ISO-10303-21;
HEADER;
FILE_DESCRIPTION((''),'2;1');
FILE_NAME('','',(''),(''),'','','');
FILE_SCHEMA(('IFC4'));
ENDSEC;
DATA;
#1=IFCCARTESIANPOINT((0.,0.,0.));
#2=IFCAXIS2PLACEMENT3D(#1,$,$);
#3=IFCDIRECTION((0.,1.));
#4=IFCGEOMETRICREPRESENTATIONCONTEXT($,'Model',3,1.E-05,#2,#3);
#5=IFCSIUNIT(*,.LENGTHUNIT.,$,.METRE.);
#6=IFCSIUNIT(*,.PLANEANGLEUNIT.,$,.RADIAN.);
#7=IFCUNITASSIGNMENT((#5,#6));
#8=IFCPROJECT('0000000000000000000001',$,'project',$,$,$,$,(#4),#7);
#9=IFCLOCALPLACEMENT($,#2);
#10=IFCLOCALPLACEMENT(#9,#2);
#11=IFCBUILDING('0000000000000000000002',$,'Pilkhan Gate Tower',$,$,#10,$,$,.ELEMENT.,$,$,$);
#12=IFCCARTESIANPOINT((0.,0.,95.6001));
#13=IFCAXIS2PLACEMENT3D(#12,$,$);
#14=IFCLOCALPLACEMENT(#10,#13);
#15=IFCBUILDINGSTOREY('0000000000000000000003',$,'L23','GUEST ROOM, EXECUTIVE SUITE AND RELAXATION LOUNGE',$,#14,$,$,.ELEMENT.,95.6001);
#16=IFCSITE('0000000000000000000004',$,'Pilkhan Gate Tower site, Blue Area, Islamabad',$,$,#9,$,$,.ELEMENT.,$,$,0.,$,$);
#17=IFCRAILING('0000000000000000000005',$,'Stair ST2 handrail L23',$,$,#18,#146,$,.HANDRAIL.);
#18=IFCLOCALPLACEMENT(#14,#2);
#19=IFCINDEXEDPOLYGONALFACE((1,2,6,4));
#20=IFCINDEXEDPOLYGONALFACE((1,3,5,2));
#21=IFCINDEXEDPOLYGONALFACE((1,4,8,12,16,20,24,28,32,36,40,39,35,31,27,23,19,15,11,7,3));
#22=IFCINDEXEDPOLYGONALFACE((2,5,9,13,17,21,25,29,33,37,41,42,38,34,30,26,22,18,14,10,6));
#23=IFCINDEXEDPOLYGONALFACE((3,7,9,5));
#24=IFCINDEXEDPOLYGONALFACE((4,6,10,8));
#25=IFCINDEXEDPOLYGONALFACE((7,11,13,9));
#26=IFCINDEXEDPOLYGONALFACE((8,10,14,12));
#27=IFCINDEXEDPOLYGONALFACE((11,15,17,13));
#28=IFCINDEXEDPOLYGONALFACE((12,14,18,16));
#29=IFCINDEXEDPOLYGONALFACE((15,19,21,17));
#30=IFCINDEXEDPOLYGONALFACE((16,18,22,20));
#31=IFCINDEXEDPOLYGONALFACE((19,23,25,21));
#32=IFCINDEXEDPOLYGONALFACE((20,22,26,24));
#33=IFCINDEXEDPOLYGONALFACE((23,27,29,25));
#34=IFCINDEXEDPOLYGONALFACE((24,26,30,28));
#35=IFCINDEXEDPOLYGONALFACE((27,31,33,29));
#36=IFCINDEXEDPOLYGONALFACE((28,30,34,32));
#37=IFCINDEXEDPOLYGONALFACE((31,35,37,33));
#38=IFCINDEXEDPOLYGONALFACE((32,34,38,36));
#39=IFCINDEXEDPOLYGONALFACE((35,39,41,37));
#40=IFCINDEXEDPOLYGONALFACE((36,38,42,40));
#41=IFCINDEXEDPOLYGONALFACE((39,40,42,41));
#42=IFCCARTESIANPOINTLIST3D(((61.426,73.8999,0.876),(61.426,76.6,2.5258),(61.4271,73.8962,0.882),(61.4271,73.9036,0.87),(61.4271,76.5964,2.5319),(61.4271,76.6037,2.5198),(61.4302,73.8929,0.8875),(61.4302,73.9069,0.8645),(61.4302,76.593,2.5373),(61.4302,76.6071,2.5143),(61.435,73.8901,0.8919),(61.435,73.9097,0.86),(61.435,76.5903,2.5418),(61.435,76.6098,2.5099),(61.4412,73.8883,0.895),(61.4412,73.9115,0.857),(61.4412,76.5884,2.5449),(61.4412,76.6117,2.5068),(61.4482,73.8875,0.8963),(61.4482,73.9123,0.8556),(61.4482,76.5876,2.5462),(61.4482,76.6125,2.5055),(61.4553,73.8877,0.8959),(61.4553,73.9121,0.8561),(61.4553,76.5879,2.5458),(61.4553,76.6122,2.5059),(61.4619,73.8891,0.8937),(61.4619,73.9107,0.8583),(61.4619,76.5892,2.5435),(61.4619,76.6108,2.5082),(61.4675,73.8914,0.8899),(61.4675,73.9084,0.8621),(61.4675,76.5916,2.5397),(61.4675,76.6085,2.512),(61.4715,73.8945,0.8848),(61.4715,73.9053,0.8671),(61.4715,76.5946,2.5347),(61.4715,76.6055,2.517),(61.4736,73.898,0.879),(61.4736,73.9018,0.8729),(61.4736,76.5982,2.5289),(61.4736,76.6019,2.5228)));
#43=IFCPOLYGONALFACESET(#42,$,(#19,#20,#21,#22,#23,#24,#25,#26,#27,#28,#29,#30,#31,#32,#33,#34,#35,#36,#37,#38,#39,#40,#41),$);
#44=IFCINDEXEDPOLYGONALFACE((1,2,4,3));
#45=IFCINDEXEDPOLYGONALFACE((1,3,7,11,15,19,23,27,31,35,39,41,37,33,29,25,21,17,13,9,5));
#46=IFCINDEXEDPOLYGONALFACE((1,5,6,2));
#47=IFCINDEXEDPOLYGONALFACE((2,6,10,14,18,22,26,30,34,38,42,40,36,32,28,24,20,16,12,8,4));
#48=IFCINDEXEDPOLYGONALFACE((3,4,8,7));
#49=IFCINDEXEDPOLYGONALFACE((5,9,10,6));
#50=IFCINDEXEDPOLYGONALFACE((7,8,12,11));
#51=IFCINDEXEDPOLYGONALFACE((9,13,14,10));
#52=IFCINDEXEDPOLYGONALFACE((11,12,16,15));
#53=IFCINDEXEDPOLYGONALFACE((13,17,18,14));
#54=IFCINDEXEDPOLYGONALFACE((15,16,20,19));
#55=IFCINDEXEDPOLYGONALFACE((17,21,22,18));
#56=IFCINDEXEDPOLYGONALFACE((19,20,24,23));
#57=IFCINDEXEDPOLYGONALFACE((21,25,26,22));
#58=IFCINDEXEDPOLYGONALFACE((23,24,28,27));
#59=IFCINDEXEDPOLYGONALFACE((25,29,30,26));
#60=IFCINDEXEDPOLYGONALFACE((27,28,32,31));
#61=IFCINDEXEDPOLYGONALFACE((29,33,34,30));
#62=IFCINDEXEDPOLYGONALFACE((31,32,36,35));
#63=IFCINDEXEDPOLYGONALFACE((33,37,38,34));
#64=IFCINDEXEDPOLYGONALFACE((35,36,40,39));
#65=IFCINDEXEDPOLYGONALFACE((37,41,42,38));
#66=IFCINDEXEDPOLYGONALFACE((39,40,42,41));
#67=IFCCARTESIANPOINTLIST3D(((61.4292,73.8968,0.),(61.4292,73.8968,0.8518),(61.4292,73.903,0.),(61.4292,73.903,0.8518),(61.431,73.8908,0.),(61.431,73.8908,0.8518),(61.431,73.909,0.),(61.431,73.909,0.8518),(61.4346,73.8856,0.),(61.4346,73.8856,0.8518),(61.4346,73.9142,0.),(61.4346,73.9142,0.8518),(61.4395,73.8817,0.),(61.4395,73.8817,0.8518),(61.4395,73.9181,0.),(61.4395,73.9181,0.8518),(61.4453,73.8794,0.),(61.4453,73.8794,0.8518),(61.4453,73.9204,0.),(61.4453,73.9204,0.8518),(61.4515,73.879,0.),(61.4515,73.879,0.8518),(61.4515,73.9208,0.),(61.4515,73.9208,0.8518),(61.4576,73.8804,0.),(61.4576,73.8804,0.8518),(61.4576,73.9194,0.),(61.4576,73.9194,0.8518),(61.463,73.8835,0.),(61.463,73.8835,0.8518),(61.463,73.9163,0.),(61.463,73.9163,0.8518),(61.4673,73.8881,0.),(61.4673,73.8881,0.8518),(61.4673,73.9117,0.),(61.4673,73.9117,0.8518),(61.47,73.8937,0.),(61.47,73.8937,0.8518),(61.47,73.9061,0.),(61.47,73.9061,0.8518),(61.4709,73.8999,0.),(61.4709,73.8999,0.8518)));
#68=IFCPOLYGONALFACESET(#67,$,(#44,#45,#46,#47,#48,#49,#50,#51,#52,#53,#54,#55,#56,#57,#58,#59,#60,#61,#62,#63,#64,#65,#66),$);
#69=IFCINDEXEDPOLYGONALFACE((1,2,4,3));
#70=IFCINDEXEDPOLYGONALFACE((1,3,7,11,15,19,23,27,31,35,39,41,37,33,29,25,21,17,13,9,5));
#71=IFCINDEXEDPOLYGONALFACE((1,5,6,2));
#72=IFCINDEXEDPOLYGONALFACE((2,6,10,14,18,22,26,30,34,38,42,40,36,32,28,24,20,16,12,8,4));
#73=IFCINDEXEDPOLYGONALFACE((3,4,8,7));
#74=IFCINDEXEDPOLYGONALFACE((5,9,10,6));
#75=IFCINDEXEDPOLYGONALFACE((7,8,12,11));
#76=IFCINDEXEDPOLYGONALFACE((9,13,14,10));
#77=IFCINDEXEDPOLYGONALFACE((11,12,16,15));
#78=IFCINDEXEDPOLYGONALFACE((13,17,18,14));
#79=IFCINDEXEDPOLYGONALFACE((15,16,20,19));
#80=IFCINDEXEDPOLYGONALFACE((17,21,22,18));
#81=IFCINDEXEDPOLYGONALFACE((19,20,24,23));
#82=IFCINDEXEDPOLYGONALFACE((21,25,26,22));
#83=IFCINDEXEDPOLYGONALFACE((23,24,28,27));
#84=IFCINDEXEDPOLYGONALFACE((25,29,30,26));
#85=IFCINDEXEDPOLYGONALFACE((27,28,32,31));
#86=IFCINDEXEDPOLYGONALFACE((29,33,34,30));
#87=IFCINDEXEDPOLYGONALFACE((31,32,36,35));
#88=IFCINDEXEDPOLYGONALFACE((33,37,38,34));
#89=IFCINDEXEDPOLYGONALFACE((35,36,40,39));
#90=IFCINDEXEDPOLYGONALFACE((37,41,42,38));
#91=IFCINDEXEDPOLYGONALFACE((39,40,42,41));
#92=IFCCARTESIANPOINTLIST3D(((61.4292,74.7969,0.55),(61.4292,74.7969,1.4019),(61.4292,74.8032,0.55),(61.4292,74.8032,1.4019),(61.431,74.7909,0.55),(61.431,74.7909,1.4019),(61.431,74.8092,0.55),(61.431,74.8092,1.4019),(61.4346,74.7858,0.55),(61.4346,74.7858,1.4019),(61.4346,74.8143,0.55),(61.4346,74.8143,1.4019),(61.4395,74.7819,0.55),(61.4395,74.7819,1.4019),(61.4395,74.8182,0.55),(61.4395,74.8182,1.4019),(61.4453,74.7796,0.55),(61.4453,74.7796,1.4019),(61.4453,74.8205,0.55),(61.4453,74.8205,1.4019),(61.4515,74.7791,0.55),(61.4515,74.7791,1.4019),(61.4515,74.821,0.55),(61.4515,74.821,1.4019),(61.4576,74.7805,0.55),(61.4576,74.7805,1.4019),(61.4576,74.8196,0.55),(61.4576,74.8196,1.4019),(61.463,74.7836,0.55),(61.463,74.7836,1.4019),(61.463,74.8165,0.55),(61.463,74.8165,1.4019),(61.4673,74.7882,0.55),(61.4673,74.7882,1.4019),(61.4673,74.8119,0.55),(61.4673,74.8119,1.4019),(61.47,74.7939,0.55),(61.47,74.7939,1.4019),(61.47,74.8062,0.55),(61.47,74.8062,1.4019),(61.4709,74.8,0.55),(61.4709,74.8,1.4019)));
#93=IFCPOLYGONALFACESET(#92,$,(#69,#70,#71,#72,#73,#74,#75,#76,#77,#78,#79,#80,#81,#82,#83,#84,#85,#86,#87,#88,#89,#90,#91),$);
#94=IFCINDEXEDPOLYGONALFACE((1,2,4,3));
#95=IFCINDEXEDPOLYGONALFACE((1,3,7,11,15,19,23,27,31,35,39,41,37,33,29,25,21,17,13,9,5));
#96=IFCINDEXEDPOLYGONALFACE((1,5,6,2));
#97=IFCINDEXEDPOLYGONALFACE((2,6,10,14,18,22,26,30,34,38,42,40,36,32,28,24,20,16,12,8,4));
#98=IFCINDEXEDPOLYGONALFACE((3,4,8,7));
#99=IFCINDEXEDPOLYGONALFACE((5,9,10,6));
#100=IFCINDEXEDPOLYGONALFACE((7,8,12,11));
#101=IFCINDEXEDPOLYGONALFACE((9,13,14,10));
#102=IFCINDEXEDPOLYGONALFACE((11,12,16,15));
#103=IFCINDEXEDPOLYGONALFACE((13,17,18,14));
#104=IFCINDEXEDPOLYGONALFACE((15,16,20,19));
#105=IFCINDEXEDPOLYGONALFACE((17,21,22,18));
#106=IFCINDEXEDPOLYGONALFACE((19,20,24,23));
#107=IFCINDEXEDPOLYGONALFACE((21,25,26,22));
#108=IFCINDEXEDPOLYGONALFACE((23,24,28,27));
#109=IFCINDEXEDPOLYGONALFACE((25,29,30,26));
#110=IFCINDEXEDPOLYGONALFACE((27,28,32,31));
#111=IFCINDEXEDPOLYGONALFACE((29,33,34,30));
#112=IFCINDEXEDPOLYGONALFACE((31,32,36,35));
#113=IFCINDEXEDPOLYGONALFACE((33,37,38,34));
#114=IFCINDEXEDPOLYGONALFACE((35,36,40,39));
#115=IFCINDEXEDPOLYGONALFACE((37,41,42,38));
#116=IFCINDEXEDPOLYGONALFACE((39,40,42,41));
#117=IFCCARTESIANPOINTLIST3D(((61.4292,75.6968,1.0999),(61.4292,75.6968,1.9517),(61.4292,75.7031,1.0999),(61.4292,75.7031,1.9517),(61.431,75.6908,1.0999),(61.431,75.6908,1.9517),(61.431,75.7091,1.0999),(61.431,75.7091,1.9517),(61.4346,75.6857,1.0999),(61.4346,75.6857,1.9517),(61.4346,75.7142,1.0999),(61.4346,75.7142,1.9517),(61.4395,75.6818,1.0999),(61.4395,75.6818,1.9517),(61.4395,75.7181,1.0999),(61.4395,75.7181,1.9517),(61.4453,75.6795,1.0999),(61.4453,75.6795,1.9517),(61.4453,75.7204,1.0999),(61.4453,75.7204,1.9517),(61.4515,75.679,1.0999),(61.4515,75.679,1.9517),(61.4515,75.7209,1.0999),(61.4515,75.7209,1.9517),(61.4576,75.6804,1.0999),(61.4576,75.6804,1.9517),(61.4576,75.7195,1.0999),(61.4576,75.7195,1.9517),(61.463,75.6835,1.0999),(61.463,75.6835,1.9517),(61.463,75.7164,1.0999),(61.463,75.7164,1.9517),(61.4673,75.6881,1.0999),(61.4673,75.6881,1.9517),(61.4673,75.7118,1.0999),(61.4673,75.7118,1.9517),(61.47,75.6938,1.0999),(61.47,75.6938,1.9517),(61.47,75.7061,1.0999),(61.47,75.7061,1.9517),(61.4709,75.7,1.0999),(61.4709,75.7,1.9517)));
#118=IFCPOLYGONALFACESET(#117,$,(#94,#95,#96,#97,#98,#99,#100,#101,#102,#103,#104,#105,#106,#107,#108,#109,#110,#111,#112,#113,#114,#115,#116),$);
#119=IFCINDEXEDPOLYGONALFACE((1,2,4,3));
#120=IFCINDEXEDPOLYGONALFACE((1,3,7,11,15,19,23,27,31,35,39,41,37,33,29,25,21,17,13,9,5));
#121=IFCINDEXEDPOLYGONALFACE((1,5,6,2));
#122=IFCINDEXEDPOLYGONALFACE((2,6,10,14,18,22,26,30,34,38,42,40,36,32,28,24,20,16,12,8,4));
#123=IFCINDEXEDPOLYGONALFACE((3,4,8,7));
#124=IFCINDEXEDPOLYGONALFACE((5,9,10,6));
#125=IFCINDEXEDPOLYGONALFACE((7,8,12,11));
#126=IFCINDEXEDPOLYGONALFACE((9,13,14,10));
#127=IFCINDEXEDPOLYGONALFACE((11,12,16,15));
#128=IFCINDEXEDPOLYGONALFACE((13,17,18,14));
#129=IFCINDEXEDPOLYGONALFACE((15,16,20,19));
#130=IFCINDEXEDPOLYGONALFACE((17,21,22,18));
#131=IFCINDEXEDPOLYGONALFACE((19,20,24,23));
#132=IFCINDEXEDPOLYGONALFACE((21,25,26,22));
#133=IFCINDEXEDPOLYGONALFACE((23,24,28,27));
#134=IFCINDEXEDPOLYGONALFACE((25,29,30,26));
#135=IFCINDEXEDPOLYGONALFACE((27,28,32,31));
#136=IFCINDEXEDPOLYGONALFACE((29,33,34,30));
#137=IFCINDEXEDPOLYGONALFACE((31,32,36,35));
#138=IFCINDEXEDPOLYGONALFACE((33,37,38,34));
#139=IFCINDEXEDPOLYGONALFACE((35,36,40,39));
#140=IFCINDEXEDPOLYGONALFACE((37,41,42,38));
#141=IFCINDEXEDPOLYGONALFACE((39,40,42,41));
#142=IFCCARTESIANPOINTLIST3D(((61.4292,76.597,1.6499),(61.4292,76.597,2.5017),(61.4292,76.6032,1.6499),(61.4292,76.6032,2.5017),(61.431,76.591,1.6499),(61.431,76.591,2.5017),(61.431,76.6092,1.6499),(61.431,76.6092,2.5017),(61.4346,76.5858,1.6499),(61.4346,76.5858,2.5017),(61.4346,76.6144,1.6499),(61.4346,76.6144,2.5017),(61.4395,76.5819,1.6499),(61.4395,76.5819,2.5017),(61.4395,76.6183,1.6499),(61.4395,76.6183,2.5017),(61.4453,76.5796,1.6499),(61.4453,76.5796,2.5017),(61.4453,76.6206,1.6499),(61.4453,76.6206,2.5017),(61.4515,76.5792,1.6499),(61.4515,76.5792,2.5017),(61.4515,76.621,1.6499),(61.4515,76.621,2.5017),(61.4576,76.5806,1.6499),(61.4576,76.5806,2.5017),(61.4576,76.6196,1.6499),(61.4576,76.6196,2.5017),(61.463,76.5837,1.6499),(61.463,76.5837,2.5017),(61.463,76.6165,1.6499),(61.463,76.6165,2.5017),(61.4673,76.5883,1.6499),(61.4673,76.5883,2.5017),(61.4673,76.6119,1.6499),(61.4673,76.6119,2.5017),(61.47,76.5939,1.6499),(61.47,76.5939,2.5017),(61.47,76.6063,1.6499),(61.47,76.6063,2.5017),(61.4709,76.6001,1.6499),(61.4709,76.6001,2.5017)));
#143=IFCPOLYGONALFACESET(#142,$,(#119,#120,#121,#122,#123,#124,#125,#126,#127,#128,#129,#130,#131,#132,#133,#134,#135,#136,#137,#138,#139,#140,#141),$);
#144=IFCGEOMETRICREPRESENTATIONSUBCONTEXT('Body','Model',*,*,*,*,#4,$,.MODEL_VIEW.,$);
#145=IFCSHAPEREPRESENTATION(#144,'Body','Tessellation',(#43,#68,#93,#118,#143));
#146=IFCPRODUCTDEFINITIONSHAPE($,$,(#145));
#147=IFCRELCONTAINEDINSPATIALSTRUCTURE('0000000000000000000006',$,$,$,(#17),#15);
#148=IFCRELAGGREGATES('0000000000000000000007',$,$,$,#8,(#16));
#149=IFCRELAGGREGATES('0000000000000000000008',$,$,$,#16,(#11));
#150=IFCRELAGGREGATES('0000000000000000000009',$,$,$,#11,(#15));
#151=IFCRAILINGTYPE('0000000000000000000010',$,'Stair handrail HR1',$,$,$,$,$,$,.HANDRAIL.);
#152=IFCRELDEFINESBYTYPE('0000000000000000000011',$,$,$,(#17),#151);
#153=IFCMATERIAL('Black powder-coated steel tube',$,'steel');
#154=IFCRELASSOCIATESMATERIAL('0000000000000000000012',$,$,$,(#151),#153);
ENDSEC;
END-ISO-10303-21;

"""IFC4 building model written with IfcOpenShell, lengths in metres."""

from ifc_helpers import new_model, si_unit, direction, frame, origin, origin_2d, place, context, subcontext, project, spatial, circle, extrude, material, type_object, element, save


model = new_model("IFC4")

# Units and contexts
model_context = context("Model", 3, precision=1e-05, world=origin(), true_north=direction((0.0, 1.0)))
body_context = subcontext(model_context, "Body", "Model", "MODEL_VIEW")
ifc_project = project(units=[si_unit("LENGTHUNIT", "METRE"), si_unit("PLANEANGLEUNIT", "RADIAN")], contexts=[model_context])

# Site, building, storey
site_placement = place(None, origin())
site = spatial("IfcSite", under=ifc_project, at=site_placement, Name="Pilkhan Gate Tower site, Blue Area, Islamabad", CompositionType="ELEMENT", RefElevation=0.0)
building_placement = place(site_placement, origin())
building = spatial("IfcBuilding", under=site, at=building_placement, Name="Pilkhan Gate Tower", CompositionType="ELEMENT")
storey_placement = place(building_placement, frame((0.0, 0.0, 95.6001)))
storey = spatial("IfcBuildingStorey", under=building, at=storey_placement, Name="L23", Description="GUEST ROOM, EXECUTIVE SUITE AND RELAXATION LOUNGE", CompositionType="ELEMENT", Elevation=95.6001)

# Railing
ifc_material_1 = material(Name="Black powder-coated steel tube", Category="steel")
railing_type_1 = type_object("IfcRailingType", Name="Stair handrail HR1", PredefinedType="HANDRAIL", material=ifc_material_1)
railing_1_placement = place(storey_placement, frame((61.45, 73.8999, 0.0)))
element("IfcRailing", 1, at=railing_1_placement, inside=storey, type_object=railing_type_1, Name="Stair ST2 handrail L23", PredefinedType="HANDRAIL", context=body_context, shape_type="SweptSolid", body=[
    extrude(circle(Radius=0.0239, at=origin_2d()), frame((0.0, 0.0, 0.876), z_axis=(0.0, 0.853312, 0.5214), x_axis=(-1.0, 0.0, 0.0)), (0.0, 0.0, 1.0), 3.1643),
    extrude(circle(Radius=0.021, at=origin_2d()), origin(), (0.0, 0.0, 1.0), 0.8518),
    extrude(circle(Radius=0.021, at=origin_2d()), frame((0.0, 0.9001, 0.55)), (0.0, 0.0, 1.0), 0.8518),
    extrude(circle(Radius=0.021, at=origin_2d()), frame((0.0, 1.8, 1.0999)), (0.0, 0.0, 1.0), 0.8518),
    extrude(circle(Radius=0.021, at=origin_2d()), frame((0.0, 2.7002, 1.6499)), (0.0, 0.0, 1.0), 0.8518),
])

save(model, "model.ifc")
